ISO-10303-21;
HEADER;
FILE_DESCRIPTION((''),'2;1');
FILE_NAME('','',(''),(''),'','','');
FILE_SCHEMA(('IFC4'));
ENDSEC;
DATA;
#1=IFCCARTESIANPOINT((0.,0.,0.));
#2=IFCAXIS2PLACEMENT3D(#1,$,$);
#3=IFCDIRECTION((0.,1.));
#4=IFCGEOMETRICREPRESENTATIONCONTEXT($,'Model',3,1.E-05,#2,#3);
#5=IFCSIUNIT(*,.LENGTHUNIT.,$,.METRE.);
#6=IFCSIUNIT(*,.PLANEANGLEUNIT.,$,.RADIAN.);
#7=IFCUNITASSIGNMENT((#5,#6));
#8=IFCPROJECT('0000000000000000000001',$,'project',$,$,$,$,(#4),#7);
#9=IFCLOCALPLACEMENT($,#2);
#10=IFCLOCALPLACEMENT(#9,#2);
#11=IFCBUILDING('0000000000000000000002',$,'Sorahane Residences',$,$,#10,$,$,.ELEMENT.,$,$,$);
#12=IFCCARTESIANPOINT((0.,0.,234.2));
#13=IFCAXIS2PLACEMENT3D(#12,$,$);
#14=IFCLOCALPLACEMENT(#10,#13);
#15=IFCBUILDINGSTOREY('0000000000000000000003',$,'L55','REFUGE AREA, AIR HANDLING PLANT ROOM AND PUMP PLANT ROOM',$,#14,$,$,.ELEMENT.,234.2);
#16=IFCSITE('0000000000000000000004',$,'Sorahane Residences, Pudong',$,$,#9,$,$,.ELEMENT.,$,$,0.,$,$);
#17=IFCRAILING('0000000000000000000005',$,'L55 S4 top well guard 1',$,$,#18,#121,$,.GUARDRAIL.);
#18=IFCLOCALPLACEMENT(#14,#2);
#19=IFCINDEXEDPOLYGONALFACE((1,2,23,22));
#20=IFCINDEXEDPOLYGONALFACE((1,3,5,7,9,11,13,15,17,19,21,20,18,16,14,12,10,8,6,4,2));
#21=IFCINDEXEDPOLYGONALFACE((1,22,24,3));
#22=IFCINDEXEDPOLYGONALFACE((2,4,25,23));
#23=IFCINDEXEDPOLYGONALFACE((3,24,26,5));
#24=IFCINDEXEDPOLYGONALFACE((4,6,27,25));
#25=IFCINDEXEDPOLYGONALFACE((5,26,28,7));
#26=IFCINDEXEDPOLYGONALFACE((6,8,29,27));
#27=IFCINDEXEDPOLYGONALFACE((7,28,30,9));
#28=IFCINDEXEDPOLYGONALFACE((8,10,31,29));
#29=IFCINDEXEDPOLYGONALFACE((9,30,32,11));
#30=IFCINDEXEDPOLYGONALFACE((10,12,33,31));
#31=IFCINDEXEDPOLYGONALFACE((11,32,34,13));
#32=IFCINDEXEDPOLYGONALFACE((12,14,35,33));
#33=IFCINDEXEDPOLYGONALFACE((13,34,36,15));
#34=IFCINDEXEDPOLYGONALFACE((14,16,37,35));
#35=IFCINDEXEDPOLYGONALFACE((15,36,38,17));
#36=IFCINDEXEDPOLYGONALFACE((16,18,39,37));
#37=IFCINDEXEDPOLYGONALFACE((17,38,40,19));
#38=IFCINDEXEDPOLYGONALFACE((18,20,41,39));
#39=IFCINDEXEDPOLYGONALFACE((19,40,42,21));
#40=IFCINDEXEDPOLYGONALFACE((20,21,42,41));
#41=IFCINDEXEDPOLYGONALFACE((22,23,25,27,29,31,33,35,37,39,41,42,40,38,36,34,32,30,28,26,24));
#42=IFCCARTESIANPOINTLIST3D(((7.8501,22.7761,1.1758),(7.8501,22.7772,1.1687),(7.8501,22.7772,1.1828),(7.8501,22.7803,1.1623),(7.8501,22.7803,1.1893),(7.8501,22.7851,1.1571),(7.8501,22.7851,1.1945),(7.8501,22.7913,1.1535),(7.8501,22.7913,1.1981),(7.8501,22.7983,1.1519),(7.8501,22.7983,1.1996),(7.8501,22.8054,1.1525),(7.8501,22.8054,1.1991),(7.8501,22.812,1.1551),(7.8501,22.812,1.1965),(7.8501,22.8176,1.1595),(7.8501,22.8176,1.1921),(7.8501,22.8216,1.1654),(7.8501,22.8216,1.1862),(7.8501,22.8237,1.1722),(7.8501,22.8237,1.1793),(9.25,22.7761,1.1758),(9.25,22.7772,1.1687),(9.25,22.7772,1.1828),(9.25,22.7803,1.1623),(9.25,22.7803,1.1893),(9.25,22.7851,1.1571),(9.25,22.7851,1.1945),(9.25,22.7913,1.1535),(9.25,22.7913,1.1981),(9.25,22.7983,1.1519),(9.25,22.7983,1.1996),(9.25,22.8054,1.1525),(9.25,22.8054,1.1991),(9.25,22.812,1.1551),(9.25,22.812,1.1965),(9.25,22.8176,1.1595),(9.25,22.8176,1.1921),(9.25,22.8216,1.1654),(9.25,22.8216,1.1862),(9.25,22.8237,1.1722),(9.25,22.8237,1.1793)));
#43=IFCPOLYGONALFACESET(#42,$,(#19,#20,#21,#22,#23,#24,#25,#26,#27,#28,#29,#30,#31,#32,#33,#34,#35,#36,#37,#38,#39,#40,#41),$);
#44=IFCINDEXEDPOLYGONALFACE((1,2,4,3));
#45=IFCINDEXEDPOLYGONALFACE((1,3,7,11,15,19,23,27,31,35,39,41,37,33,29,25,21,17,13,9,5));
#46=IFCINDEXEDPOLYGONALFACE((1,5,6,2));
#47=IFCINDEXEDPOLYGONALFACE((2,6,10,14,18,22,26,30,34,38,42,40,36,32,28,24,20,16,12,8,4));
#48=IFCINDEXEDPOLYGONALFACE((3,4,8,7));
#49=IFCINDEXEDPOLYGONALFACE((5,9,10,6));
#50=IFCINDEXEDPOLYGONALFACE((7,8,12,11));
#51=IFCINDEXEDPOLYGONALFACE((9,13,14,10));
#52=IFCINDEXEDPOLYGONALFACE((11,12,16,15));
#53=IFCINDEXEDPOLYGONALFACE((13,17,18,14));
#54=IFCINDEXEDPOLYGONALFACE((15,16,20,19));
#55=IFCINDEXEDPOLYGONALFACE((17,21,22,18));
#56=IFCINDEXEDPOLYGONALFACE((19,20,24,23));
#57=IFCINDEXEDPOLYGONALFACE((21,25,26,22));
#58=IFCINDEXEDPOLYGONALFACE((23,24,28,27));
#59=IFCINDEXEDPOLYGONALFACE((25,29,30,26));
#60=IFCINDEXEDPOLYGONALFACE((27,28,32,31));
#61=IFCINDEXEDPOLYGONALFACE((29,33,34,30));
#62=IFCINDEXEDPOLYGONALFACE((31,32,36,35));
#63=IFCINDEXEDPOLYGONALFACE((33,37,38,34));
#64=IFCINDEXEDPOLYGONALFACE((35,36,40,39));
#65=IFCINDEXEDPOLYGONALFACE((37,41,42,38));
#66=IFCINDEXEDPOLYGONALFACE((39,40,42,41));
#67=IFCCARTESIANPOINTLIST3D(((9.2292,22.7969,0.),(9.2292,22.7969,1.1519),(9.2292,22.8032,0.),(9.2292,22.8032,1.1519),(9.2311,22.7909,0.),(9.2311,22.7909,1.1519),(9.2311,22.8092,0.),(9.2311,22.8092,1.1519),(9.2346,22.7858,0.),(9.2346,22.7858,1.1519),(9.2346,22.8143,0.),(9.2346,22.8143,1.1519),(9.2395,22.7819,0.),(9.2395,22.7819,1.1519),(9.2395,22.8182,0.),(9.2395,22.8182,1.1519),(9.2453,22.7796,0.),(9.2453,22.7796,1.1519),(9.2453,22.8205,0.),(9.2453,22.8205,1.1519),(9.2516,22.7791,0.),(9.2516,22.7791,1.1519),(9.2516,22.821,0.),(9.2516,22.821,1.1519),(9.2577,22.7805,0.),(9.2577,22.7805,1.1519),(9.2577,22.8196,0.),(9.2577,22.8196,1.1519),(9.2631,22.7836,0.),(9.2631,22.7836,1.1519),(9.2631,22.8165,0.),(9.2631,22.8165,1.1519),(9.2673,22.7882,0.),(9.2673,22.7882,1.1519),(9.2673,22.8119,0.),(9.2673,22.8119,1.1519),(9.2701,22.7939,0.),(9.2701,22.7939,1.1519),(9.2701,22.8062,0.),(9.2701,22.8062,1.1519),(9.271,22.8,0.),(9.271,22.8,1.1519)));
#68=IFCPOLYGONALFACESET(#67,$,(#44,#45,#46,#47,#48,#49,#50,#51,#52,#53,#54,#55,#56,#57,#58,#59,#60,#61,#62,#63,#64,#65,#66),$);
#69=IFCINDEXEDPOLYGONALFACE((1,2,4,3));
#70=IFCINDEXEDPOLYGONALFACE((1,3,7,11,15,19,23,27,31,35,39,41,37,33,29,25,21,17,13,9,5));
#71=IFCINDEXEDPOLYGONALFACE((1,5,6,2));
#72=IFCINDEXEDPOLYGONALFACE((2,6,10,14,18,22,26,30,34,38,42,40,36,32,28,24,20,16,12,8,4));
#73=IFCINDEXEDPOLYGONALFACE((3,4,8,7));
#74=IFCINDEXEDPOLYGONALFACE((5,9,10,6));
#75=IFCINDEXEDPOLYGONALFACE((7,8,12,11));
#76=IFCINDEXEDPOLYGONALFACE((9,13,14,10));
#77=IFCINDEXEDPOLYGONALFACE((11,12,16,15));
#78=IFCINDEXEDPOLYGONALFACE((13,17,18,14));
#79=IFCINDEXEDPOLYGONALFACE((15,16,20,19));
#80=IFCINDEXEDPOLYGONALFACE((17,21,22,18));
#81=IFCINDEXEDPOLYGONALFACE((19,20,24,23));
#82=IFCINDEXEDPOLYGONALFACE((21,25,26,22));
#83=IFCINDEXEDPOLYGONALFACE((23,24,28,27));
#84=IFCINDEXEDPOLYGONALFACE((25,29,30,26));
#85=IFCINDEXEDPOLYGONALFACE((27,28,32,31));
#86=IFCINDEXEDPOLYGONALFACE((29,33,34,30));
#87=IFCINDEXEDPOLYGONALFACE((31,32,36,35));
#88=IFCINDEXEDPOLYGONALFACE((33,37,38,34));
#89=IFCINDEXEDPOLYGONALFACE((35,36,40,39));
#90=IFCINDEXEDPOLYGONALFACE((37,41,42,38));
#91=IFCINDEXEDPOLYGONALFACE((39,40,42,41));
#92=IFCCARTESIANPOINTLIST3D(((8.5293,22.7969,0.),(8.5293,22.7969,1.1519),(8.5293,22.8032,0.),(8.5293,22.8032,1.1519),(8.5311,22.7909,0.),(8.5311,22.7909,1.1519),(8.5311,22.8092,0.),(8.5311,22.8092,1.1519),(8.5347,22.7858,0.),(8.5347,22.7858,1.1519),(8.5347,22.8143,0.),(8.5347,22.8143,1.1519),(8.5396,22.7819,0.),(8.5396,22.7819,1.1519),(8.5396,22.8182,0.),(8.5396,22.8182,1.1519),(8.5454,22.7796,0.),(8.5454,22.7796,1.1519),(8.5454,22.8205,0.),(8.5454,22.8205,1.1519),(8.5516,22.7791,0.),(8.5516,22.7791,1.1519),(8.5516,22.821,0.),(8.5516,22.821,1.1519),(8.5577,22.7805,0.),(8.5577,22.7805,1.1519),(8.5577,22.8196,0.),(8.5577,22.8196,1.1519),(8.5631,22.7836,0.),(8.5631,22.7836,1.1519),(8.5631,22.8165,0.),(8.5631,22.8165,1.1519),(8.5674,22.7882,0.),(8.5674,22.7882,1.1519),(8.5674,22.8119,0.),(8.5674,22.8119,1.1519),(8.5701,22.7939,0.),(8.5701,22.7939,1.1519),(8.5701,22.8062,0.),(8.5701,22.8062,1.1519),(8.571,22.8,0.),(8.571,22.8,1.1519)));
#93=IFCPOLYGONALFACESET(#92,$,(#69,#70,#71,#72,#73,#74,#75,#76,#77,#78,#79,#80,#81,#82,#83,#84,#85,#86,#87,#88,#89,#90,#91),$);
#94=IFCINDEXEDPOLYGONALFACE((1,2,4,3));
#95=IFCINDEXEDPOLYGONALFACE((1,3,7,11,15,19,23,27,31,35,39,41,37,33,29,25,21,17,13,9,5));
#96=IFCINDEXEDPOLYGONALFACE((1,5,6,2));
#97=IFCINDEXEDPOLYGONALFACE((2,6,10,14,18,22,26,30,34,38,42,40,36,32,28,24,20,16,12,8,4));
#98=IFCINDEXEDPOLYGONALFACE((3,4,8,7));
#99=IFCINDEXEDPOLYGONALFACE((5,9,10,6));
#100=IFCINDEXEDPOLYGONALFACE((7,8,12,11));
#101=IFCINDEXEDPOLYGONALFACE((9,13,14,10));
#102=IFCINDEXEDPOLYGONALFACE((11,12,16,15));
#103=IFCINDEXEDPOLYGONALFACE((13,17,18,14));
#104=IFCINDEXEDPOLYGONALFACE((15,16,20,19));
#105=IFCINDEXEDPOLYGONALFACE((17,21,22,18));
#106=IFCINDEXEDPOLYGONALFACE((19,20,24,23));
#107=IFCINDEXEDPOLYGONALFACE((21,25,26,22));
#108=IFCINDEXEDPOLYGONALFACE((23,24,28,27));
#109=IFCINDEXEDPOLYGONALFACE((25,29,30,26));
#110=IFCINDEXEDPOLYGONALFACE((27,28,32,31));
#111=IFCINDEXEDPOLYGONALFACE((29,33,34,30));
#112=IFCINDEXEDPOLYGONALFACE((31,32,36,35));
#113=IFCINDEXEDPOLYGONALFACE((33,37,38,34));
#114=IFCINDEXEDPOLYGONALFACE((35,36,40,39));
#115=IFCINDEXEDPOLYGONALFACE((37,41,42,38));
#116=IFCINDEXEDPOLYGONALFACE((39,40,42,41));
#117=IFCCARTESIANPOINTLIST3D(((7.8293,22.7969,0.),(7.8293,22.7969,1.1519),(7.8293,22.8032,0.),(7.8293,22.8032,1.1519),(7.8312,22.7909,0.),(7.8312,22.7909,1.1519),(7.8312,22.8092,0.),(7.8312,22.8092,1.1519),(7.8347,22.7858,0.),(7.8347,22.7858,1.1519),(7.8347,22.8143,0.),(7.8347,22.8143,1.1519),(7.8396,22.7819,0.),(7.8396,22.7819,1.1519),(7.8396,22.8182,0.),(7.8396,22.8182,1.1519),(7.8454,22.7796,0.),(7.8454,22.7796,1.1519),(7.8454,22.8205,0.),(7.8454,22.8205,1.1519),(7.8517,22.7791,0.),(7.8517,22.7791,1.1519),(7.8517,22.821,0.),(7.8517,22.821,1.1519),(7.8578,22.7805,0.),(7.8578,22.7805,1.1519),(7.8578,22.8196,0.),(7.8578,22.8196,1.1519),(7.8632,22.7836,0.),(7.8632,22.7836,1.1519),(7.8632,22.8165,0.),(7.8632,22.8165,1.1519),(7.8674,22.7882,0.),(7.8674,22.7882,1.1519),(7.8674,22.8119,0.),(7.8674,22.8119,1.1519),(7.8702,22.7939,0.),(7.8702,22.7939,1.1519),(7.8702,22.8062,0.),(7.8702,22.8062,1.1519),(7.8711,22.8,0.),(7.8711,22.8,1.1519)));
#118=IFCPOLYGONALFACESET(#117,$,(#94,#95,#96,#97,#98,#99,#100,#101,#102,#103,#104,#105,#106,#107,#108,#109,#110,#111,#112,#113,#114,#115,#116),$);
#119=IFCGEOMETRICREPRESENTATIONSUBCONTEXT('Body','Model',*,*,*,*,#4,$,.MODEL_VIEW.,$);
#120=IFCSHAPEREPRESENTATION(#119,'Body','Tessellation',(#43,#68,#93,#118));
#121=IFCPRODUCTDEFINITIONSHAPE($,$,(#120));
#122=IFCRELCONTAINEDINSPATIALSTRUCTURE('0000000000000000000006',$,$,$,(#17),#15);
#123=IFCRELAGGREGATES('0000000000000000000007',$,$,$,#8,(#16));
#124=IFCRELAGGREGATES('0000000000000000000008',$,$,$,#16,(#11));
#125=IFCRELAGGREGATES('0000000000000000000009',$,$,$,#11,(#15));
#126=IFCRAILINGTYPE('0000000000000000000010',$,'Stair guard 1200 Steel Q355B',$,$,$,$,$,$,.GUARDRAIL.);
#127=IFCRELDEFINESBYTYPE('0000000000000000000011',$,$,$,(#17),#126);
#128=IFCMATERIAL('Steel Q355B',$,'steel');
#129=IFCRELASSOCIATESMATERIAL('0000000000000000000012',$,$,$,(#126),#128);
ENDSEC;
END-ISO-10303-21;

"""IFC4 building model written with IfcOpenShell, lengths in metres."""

from ifc_helpers import new_model, si_unit, direction, frame, origin, origin_2d, place, context, subcontext, project, spatial, circle, extrude, material, type_object, element, save


model = new_model("IFC4")

# Units and contexts
model_context = context("Model", 3, precision=1e-05, world=origin(), true_north=direction((0.0, 1.0)))
body_context = subcontext(model_context, "Body", "Model", "MODEL_VIEW")
ifc_project = project(units=[si_unit("LENGTHUNIT", "METRE"), si_unit("PLANEANGLEUNIT", "RADIAN")], contexts=[model_context])

# Site, building, storey
site_placement = place(None, origin())
site = spatial("IfcSite", under=ifc_project, at=site_placement, Name="Sorahane Residences, Pudong", CompositionType="ELEMENT", RefElevation=0.0)
building_placement = place(site_placement, origin())
building = spatial("IfcBuilding", under=site, at=building_placement, Name="Sorahane Residences", CompositionType="ELEMENT")
storey_placement = place(building_placement, frame((0.0, 0.0, 234.2)))
storey = spatial("IfcBuildingStorey", under=building, at=storey_placement, Name="L55", Description="REFUGE AREA, AIR HANDLING PLANT ROOM AND PUMP PLANT ROOM", CompositionType="ELEMENT", Elevation=234.2)

# Railing
ifc_material_1 = material(Name="Steel Q355B", Category="steel")
railing_type_1 = type_object("IfcRailingType", Name="Stair guard 1200 Steel Q355B", PredefinedType="GUARDRAIL", material=ifc_material_1)
railing_1_placement = place(storey_placement, frame((9.25, 22.8, 0.0)))
element("IfcRailing", 1, at=railing_1_placement, inside=storey, type_object=railing_type_1, Name="L55 S4 top well guard 1", PredefinedType="GUARDRAIL", context=body_context, shape_type="SweptSolid", body=[
    extrude(circle(Radius=0.0239, at=origin_2d()), frame((0.0, 0.0, 1.1758), z_axis=(-1.0, 0.0, 0.0), x_axis=(0.0, -1.0, 0.0)), (0.0, 0.0, 1.0), 1.3999),
    extrude(circle(Radius=0.021, at=origin_2d()), origin(), (0.0, 0.0, 1.0), 1.1519),
    extrude(circle(Radius=0.021, at=origin_2d()), frame((-0.7, 0.0, 0.0)), (0.0, 0.0, 1.0), 1.1519),
    extrude(circle(Radius=0.021, at=origin_2d()), frame((-1.3999, 0.0, 0.0)), (0.0, 0.0, 1.0), 1.1519),
])

save(model, "model.ifc")
